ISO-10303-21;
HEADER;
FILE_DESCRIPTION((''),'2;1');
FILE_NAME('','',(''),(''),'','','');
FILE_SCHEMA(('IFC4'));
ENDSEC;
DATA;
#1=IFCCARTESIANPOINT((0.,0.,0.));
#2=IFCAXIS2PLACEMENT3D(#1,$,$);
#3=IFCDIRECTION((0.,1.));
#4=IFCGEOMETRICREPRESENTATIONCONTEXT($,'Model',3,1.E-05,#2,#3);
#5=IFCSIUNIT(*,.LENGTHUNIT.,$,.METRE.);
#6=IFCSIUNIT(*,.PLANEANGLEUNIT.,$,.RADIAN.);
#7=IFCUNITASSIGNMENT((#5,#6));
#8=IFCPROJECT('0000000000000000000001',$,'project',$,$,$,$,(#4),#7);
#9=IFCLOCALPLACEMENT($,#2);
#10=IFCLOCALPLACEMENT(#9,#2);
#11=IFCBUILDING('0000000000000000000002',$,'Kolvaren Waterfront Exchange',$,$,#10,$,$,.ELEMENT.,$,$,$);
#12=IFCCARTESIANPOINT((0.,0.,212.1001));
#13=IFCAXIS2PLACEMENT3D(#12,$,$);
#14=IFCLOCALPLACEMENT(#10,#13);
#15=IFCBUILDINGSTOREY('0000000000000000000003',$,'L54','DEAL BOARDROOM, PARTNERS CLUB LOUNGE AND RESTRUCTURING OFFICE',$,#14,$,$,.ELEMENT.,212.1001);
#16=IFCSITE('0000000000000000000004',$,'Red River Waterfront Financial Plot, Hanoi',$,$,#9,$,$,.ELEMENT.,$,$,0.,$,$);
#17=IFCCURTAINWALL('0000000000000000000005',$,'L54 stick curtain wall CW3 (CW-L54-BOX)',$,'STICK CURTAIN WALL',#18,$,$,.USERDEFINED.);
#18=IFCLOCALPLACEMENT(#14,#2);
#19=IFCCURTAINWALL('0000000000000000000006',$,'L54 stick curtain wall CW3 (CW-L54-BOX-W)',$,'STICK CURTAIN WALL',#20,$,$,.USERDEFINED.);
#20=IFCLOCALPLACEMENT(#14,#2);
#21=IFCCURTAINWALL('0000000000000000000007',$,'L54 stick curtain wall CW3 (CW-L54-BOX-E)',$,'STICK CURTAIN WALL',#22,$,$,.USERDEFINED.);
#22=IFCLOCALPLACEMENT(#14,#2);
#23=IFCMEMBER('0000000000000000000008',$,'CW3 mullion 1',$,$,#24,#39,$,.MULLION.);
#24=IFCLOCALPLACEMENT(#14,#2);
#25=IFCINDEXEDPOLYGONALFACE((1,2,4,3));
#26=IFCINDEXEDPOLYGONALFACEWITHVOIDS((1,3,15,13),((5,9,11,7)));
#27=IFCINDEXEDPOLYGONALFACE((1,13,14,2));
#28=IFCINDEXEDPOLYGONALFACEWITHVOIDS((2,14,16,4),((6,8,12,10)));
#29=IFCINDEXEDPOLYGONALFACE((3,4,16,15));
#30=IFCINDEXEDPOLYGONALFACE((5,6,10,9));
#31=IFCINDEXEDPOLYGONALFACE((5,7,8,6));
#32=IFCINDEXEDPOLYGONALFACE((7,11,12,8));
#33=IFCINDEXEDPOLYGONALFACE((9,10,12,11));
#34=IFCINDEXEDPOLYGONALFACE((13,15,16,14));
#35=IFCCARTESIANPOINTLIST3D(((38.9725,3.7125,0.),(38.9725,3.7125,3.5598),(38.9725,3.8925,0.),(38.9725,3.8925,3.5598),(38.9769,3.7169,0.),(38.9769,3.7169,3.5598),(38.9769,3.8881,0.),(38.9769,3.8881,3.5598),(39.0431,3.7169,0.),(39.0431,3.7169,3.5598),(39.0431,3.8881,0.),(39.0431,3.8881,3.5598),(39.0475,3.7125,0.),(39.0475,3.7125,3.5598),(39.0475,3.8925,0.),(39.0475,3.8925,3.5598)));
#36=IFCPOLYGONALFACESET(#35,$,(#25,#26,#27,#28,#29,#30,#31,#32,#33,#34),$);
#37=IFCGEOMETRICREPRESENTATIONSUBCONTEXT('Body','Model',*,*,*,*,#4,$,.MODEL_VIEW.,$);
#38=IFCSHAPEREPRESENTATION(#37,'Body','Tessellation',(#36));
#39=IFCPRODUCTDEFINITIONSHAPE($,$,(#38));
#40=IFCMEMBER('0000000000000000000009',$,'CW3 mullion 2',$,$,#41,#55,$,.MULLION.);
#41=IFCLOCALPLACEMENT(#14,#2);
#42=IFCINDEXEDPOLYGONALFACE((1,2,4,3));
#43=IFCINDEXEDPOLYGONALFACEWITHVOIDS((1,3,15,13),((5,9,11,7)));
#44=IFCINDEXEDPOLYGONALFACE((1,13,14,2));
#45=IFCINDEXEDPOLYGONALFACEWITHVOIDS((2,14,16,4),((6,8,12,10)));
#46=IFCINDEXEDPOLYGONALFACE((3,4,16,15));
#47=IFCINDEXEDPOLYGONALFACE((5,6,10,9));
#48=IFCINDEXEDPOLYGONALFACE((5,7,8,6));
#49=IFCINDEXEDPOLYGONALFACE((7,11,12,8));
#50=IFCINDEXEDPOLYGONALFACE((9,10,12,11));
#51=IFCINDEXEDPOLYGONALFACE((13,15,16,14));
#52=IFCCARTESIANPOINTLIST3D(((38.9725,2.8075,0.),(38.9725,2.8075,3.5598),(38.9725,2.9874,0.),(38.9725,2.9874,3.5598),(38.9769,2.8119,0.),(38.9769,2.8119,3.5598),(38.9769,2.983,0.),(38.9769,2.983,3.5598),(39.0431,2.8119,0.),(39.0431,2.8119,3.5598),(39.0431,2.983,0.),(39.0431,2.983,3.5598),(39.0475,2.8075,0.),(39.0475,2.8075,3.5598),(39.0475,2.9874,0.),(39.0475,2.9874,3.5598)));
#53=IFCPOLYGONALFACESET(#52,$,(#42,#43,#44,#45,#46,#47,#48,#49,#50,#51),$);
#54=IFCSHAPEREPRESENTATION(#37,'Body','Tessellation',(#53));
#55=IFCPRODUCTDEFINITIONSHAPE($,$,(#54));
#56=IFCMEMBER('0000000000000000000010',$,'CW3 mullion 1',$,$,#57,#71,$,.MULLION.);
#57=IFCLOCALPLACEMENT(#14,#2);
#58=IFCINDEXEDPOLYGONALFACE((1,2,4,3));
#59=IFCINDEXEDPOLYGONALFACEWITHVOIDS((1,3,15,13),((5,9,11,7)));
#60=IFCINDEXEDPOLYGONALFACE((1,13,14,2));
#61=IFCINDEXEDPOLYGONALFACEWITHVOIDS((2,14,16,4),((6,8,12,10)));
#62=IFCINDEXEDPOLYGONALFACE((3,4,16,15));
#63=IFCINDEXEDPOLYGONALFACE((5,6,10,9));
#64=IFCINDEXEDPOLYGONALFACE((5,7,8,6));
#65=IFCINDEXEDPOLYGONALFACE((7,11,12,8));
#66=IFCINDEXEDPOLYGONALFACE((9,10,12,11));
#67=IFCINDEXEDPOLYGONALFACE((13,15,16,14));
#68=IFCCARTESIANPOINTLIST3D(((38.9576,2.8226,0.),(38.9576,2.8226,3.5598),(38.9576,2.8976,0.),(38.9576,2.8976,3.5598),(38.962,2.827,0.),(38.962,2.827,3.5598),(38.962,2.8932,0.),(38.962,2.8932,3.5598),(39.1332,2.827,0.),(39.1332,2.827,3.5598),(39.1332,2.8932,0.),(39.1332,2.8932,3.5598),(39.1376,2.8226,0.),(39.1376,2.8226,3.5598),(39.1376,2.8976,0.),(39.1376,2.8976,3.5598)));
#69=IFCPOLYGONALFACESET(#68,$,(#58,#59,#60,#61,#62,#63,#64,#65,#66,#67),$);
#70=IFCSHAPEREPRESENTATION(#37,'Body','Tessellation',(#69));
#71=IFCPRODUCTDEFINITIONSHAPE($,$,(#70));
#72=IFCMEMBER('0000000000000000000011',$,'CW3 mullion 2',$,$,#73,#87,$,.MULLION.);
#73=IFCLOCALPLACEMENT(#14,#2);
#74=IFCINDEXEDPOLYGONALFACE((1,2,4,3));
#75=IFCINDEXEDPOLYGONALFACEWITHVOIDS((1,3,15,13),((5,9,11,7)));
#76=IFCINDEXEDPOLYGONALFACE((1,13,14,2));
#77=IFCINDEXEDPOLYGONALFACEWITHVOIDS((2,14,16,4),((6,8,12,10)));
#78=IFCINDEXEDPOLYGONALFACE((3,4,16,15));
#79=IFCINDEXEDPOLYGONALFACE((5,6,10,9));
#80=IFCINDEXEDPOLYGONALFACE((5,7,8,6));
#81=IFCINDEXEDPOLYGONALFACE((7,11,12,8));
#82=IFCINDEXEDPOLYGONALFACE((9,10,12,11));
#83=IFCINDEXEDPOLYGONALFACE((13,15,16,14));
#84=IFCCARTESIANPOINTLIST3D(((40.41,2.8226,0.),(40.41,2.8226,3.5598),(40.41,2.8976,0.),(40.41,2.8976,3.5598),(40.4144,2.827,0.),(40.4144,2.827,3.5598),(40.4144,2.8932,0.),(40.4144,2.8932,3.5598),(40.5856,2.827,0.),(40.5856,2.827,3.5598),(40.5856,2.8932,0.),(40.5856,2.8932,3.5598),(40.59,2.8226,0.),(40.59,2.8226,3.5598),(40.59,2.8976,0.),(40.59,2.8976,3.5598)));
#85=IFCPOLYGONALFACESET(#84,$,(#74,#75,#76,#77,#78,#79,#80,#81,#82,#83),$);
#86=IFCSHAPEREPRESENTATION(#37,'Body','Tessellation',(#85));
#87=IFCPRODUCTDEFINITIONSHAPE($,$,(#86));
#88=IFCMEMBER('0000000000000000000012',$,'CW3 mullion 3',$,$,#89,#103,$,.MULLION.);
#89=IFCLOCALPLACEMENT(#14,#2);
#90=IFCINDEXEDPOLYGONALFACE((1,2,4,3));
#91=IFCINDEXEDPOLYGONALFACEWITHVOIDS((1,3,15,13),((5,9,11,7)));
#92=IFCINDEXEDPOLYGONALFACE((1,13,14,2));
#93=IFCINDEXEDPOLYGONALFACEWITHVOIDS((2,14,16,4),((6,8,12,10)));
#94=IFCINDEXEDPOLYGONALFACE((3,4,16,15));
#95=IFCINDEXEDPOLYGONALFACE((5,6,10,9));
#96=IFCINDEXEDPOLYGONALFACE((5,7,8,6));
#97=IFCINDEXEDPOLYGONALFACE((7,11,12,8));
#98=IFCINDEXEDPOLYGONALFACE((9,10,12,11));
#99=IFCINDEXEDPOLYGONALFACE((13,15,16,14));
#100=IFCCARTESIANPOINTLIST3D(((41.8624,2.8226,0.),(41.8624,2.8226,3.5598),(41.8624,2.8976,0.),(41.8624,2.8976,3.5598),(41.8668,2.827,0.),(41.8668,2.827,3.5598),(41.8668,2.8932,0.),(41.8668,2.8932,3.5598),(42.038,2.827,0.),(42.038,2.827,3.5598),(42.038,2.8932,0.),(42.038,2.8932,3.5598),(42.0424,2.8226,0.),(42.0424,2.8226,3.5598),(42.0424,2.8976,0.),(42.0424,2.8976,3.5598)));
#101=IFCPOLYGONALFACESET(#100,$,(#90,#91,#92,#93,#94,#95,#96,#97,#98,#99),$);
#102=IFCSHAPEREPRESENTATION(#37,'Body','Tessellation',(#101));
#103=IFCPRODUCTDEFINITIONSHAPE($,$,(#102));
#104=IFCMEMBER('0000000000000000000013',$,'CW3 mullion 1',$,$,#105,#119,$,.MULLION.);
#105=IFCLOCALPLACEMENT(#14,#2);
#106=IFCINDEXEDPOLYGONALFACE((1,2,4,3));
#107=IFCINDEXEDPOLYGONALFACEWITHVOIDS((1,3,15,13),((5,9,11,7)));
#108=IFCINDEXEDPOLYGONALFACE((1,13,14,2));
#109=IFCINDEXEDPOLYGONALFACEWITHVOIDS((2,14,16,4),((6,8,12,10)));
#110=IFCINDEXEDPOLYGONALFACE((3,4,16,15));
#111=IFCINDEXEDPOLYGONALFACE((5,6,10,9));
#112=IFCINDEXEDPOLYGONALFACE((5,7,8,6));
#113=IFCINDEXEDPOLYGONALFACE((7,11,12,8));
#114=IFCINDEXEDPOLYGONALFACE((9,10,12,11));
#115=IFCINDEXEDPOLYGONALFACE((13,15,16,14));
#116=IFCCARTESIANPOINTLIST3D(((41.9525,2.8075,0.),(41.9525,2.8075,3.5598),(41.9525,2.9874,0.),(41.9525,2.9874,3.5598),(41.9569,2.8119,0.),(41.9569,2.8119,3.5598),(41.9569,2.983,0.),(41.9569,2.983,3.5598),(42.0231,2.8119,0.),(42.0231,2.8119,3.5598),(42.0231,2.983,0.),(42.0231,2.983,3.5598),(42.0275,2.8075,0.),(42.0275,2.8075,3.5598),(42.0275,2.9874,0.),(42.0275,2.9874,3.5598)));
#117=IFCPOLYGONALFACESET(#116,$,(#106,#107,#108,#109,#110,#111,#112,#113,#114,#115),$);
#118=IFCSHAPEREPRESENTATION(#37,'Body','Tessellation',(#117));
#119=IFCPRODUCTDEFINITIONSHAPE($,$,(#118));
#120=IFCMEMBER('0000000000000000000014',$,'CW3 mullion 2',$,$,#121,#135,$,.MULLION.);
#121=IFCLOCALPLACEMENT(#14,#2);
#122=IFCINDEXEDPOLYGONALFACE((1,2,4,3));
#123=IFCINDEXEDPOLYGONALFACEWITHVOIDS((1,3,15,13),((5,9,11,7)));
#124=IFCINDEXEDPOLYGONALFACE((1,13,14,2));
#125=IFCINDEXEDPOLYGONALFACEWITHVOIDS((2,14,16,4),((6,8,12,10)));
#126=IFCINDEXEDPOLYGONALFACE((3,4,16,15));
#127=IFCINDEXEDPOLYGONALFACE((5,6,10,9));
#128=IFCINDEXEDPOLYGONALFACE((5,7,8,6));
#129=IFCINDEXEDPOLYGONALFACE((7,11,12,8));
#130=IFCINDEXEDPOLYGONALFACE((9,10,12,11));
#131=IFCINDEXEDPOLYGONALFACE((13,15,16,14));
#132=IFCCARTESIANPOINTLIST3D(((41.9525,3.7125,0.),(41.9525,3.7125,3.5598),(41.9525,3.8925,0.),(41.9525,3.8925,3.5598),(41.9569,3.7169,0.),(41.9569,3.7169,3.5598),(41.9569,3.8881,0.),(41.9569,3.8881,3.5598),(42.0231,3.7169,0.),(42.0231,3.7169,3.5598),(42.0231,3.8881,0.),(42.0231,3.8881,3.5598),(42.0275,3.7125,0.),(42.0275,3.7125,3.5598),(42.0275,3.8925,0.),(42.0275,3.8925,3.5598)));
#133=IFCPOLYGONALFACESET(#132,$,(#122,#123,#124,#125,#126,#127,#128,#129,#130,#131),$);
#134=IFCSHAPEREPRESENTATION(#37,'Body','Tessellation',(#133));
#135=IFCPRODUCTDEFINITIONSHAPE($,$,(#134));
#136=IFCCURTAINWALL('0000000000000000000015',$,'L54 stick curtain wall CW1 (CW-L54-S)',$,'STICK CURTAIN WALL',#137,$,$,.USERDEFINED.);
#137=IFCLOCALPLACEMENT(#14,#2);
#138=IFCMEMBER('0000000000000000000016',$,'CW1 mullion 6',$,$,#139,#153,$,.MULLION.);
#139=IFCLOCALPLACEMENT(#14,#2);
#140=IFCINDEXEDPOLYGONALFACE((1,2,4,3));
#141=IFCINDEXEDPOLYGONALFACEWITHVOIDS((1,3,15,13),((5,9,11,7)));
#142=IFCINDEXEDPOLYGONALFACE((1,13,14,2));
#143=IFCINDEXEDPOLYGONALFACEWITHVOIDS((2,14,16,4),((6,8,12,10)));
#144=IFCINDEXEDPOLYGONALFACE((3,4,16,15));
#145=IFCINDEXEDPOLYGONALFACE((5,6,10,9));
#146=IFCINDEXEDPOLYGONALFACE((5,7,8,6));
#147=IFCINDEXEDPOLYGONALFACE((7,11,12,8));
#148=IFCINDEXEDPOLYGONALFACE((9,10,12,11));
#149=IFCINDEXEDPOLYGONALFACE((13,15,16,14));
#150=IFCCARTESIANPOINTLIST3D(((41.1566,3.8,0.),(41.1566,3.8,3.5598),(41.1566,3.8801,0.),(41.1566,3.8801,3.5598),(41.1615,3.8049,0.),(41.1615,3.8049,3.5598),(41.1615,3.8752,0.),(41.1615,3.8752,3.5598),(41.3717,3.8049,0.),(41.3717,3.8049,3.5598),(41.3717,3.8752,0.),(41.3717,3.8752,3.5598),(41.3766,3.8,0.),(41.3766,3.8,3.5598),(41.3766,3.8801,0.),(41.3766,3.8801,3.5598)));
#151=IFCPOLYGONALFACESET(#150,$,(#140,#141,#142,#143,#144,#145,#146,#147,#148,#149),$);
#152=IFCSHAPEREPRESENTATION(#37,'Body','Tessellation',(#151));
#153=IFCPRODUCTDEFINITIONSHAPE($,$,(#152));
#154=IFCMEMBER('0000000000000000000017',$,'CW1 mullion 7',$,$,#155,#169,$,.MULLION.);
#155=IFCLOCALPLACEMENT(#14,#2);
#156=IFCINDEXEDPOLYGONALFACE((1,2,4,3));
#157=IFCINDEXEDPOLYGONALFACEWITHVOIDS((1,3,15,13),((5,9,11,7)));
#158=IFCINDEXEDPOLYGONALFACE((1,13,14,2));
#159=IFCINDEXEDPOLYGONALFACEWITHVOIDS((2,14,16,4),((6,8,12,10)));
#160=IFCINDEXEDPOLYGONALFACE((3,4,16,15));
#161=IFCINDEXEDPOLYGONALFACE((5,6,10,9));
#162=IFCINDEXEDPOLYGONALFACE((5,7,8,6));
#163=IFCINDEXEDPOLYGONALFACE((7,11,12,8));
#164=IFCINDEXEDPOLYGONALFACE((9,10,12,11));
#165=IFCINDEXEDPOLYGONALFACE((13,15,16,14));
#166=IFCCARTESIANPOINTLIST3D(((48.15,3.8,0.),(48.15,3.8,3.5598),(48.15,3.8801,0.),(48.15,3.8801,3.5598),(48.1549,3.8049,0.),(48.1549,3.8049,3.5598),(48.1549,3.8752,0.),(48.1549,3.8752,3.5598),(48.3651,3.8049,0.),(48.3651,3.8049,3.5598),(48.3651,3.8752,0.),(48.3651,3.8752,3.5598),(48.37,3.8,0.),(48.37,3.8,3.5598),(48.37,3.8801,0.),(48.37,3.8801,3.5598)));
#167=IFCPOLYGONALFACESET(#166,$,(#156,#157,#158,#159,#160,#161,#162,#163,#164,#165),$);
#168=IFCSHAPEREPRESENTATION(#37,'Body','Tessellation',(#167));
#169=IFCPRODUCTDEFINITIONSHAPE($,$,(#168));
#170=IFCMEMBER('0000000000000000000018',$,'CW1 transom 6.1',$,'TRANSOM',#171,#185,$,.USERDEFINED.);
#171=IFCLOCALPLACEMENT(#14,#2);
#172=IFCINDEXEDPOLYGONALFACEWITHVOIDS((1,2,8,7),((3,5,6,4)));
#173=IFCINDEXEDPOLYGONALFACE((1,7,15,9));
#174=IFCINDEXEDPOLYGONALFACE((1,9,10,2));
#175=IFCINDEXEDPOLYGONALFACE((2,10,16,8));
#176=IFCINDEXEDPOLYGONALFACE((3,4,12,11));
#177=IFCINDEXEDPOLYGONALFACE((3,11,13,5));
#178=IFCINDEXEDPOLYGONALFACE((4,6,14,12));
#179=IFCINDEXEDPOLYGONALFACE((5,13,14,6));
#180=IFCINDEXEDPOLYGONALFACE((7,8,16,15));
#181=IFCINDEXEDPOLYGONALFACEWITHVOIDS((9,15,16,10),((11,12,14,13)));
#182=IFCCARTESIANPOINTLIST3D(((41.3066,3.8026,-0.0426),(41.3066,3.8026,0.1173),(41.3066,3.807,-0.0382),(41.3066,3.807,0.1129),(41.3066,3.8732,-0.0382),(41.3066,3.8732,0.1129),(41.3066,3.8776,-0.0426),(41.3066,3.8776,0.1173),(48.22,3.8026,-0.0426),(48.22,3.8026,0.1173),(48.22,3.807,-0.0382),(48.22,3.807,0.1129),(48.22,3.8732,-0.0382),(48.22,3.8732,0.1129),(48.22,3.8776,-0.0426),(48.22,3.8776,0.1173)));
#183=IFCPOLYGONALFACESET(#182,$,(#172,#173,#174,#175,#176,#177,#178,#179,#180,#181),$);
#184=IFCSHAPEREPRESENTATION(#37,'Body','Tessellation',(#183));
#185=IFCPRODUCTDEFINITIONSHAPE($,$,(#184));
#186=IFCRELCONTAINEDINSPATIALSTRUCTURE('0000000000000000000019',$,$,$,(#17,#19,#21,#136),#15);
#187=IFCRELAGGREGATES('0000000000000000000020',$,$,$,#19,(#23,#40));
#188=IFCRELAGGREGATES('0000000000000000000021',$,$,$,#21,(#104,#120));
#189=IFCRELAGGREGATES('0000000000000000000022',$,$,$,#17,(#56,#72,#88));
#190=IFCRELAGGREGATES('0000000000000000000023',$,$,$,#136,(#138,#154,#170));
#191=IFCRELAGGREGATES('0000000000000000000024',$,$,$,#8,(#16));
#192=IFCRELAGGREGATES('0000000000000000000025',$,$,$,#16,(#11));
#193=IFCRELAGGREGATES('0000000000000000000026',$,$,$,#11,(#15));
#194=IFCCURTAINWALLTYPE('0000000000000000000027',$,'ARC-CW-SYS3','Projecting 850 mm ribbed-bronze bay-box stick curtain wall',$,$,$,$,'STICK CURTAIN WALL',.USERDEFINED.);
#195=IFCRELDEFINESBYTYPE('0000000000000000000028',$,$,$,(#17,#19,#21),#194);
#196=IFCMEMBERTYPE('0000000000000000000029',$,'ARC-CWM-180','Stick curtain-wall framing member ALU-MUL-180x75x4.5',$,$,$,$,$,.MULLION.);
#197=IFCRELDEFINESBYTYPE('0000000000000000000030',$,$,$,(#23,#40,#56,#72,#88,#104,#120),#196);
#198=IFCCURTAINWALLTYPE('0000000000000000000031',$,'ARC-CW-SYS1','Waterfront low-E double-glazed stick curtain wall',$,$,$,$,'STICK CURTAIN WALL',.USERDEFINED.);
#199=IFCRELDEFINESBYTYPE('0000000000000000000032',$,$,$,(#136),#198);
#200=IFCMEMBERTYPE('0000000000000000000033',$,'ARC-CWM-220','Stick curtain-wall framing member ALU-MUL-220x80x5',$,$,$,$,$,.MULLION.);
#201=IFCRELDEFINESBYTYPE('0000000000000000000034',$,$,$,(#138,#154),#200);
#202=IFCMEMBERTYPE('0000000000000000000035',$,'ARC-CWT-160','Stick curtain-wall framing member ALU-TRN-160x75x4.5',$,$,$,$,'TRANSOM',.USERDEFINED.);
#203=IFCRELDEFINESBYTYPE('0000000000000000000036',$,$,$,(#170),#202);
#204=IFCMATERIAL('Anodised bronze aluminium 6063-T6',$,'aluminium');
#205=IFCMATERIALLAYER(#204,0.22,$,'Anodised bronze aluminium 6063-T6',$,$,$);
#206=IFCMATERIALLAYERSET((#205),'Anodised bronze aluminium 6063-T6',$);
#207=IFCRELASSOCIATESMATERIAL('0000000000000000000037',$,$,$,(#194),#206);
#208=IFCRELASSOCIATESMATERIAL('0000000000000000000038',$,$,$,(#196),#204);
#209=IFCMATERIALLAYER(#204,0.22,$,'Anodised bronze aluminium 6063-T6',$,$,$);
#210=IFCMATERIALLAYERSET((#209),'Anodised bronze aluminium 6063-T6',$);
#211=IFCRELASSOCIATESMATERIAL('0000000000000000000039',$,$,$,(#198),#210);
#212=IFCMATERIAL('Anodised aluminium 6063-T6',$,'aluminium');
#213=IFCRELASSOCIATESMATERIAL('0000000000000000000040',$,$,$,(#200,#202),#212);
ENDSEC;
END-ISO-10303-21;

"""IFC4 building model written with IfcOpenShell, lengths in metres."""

from ifc_helpers import new_model, si_unit, direction, frame, origin, origin_with_axes, origin_2d, place, context, subcontext, project, spatial, hollow_rectangle, extrude, source, transform, mapped, material, layer, layer_set, material_profile, profile_set, type_object, element, aggregate, save


model = new_model("IFC4")

# Units and contexts
model_context = context("Model", 3, precision=1e-05, world=origin(), true_north=direction((0.0, 1.0)))
body_context = subcontext(model_context, "Body", "Model", "MODEL_VIEW")
ifc_project = project(units=[si_unit("LENGTHUNIT", "METRE"), si_unit("PLANEANGLEUNIT", "RADIAN")], contexts=[model_context])

# Site, building, storey
site_placement = place(None, origin())
site = spatial("IfcSite", under=ifc_project, at=site_placement, Name="Red River Waterfront Financial Plot, Hanoi", CompositionType="ELEMENT", RefElevation=0.0)
building_placement = place(site_placement, origin())
building = spatial("IfcBuilding", under=site, at=building_placement, Name="Kolvaren Waterfront Exchange", CompositionType="ELEMENT")
storey_placement = place(building_placement, frame((0.0, 0.0, 212.1001)))
storey = spatial("IfcBuildingStorey", under=building, at=storey_placement, Name="L54", Description="DEAL BOARDROOM, PARTNERS CLUB LOUNGE AND RESTRUCTURING OFFICE", CompositionType="ELEMENT", Elevation=212.1001)

# Curtain walls
ifc_material_1 = material(Name="Anodised bronze aluminium 6063-T6", Category="aluminium")
ifc_layer_1 = layer(ifc_material_1, 0.22, Name="Anodised bronze aluminium 6063-T6")
ifc_layer_set_1 = layer_set([ifc_layer_1], Name="Anodised bronze aluminium 6063-T6")
curtain_wall_type_1 = type_object("IfcCurtainWallType", Name="ARC-CW-SYS3", Description="Projecting 850 mm ribbed-bronze bay-box stick curtain wall", ElementType="STICK CURTAIN WALL", PredefinedType="USERDEFINED", material=ifc_layer_set_1)
curtain_wall_1_placement = place(storey_placement, origin())
curtain_wall_1 = element("IfcCurtainWall", 1, at=curtain_wall_1_placement, inside=storey, type_object=curtain_wall_type_1, Name="L54 stick curtain wall CW3 (CW-L54-BOX)", ObjectType="STICK CURTAIN WALL", PredefinedType="USERDEFINED")
curtain_wall_2_placement = place(storey_placement, origin())
curtain_wall_2 = element("IfcCurtainWall", 2, at=curtain_wall_2_placement, inside=storey, type_object=curtain_wall_type_1, Name="L54 stick curtain wall CW3 (CW-L54-BOX-W)", ObjectType="STICK CURTAIN WALL", PredefinedType="USERDEFINED")
curtain_wall_3_placement = place(storey_placement, origin())
curtain_wall_3 = element("IfcCurtainWall", 3, at=curtain_wall_3_placement, inside=storey, type_object=curtain_wall_type_1, Name="L54 stick curtain wall CW3 (CW-L54-BOX-E)", ObjectType="STICK CURTAIN WALL", PredefinedType="USERDEFINED")

# Members
ifc_material_profile_1 = material_profile(ifc_material_1, hollow_rectangle(XDim=0.075, YDim=0.1799, WallThickness=0.0044, at=origin_2d()), Name="ALU-MUL-180x75x4.5")
ifc_profile_set_1 = profile_set([ifc_material_profile_1], Name="Anodised bronze aluminium 6063-T6")
member_type_1 = type_object("IfcMemberType", Name="ARC-CWM-180", Description="Stick curtain-wall framing member ALU-MUL-180x75x4.5", PredefinedType="MULLION", material=ifc_profile_set_1)
shared_shape_1 = source(origin_with_axes(), body_context, "Body", "SweptSolid", [
    extrude(hollow_rectangle(XDim=0.075, YDim=0.1799, WallThickness=0.0044, at=origin_2d()), origin(), (0.0, 0.0, 1.0), 3.5598),
])
member_1_placement = place(storey_placement, frame((39.01, 3.8025, 0.0), z_axis=(0.0, 0.0, 1.0), x_axis=(1.0, 0.0, 0.0)))
member_1 = element("IfcMember", 4, at=member_1_placement, type_object=member_type_1, Name="CW3 mullion 1", PredefinedType="MULLION", context=body_context, shape_type="MappedRepresentation", body=[
    mapped(shared_shape_1, transform((0.0, 0.0, 0.0), x_axis=(1.0, 0.0, 0.0), y_axis=(0.0, 1.0, 0.0), z_axis=(0.0, 0.0, 1.0), scale=1.0)),
])
member_2_placement = place(storey_placement, frame((39.01, 2.8975, 0.0), z_axis=(0.0, 0.0, 1.0), x_axis=(1.0, 0.0, 0.0)))
member_2 = element("IfcMember", 5, at=member_2_placement, type_object=member_type_1, Name="CW3 mullion 2", PredefinedType="MULLION", context=body_context, shape_type="MappedRepresentation", body=[
    mapped(shared_shape_1, transform((0.0, 0.0, 0.0), x_axis=(1.0, 0.0, 0.0), y_axis=(0.0, 1.0, 0.0), z_axis=(0.0, 0.0, 1.0), scale=1.0)),
])
member_3_placement = place(storey_placement, frame((39.0476, 2.8601, 0.0), z_axis=(0.0, 0.0, 1.0), x_axis=(0.0, 1.0, 0.0)))
member_3 = element("IfcMember", 6, at=member_3_placement, type_object=member_type_1, Name="CW3 mullion 1", PredefinedType="MULLION", context=body_context, shape_type="MappedRepresentation", body=[
    mapped(shared_shape_1, transform((0.0, 0.0, 0.0), x_axis=(1.0, 0.0, 0.0), y_axis=(0.0, 1.0, 0.0), z_axis=(0.0, 0.0, 1.0), scale=1.0)),
])
member_4_placement = place(storey_placement, frame((40.5, 2.8601, 0.0), z_axis=(0.0, 0.0, 1.0), x_axis=(0.0, 1.0, 0.0)))
member_4 = element("IfcMember", 7, at=member_4_placement, type_object=member_type_1, Name="CW3 mullion 2", PredefinedType="MULLION", context=body_context, shape_type="MappedRepresentation", body=[
    mapped(shared_shape_1, transform((0.0, 0.0, 0.0), x_axis=(1.0, 0.0, 0.0), y_axis=(0.0, 1.0, 0.0), z_axis=(0.0, 0.0, 1.0), scale=1.0)),
])
member_5_placement = place(storey_placement, frame((41.9524, 2.8601, 0.0), z_axis=(0.0, 0.0, 1.0), x_axis=(0.0, 1.0, 0.0)))
member_5 = element("IfcMember", 8, at=member_5_placement, type_object=member_type_1, Name="CW3 mullion 3", PredefinedType="MULLION", context=body_context, shape_type="MappedRepresentation", body=[
    mapped(shared_shape_1, transform((0.0, 0.0, 0.0), x_axis=(1.0, 0.0, 0.0), y_axis=(0.0, 1.0, 0.0), z_axis=(0.0, 0.0, 1.0), scale=1.0)),
])
member_6_placement = place(storey_placement, frame((41.99, 2.8975, 0.0), z_axis=(0.0, 0.0, 1.0), x_axis=(-1.0, 0.0, 0.0)))
member_6 = element("IfcMember", 9, at=member_6_placement, type_object=member_type_1, Name="CW3 mullion 1", PredefinedType="MULLION", context=body_context, shape_type="MappedRepresentation", body=[
    mapped(shared_shape_1, transform((0.0, 0.0, 0.0), x_axis=(1.0, 0.0, 0.0), y_axis=(0.0, 1.0, 0.0), z_axis=(0.0, 0.0, 1.0), scale=1.0)),
])
member_7_placement = place(storey_placement, frame((41.99, 3.8025, 0.0), z_axis=(0.0, 0.0, 1.0), x_axis=(-1.0, 0.0, 0.0)))
member_7 = element("IfcMember", 10, at=member_7_placement, type_object=member_type_1, Name="CW3 mullion 2", PredefinedType="MULLION", context=body_context, shape_type="MappedRepresentation", body=[
    mapped(shared_shape_1, transform((0.0, 0.0, 0.0), x_axis=(1.0, 0.0, 0.0), y_axis=(0.0, 1.0, 0.0), z_axis=(0.0, 0.0, 1.0), scale=1.0)),
])

# Curtain wall, members
ifc_layer_2 = layer(ifc_material_1, 0.22, Name="Anodised bronze aluminium 6063-T6")
ifc_layer_set_2 = layer_set([ifc_layer_2], Name="Anodised bronze aluminium 6063-T6")
curtain_wall_type_2 = type_object("IfcCurtainWallType", Name="ARC-CW-SYS1", Description="Waterfront low-E double-glazed stick curtain wall", ElementType="STICK CURTAIN WALL", PredefinedType="USERDEFINED", material=ifc_layer_set_2)
curtain_wall_4_placement = place(storey_placement, origin())
curtain_wall_4 = element("IfcCurtainWall", 11, at=curtain_wall_4_placement, inside=storey, type_object=curtain_wall_type_2, Name="L54 stick curtain wall CW1 (CW-L54-S)", ObjectType="STICK CURTAIN WALL", PredefinedType="USERDEFINED")
ifc_material_2 = material(Name="Anodised aluminium 6063-T6", Category="aluminium")
ifc_material_profile_2 = material_profile(ifc_material_2, hollow_rectangle(XDim=0.0801, YDim=0.22, WallThickness=0.0049, at=origin_2d()), Name="ALU-MUL-220x80x5")
ifc_profile_set_2 = profile_set([ifc_material_profile_2], Name="Anodised aluminium 6063-T6")
member_type_2 = type_object("IfcMemberType", Name="ARC-CWM-220", Description="Stick curtain-wall framing member ALU-MUL-220x80x5", PredefinedType="MULLION", material=ifc_profile_set_2)
shared_shape_2 = source(origin_with_axes(), body_context, "Body", "SweptSolid", [
    extrude(hollow_rectangle(XDim=0.0801, YDim=0.22, WallThickness=0.0049, at=origin_2d()), origin(), (0.0, 0.0, 1.0), 3.5598),
])
member_8_placement = place(storey_placement, frame((41.2666, 3.8401, 0.0), z_axis=(0.0, 0.0, 1.0), x_axis=(0.0, 1.0, 0.0)))
member_8 = element("IfcMember", 12, at=member_8_placement, type_object=member_type_2, Name="CW1 mullion 6", PredefinedType="MULLION", context=body_context, shape_type="MappedRepresentation", body=[
    mapped(shared_shape_2, transform((0.0, 0.0, 0.0), x_axis=(1.0, 0.0, 0.0), y_axis=(0.0, 1.0, 0.0), z_axis=(0.0, 0.0, 1.0), scale=1.0)),
])
member_9_placement = place(storey_placement, frame((48.26, 3.8401, 0.0), z_axis=(0.0, 0.0, 1.0), x_axis=(0.0, 1.0, 0.0)))
member_9 = element("IfcMember", 13, at=member_9_placement, type_object=member_type_2, Name="CW1 mullion 7", PredefinedType="MULLION", context=body_context, shape_type="MappedRepresentation", body=[
    mapped(shared_shape_2, transform((0.0, 0.0, 0.0), x_axis=(1.0, 0.0, 0.0), y_axis=(0.0, 1.0, 0.0), z_axis=(0.0, 0.0, 1.0), scale=1.0)),
])
ifc_material_profile_3 = material_profile(ifc_material_2, hollow_rectangle(XDim=0.075, YDim=0.1599, WallThickness=0.0044, at=origin_2d()), Name="ALU-TRN-160x75x4.5")
ifc_profile_set_3 = profile_set([ifc_material_profile_3], Name="Anodised aluminium 6063-T6")
member_type_3 = type_object("IfcMemberType", Name="ARC-CWT-160", Description="Stick curtain-wall framing member ALU-TRN-160x75x4.5", ElementType="TRANSOM", PredefinedType="USERDEFINED", material=ifc_profile_set_3)
shared_shape_3 = source(origin_with_axes(), body_context, "Body", "SweptSolid", [
    extrude(hollow_rectangle(XDim=0.075, YDim=0.1599, WallThickness=0.0044, at=origin_2d()), origin(), (0.0, 0.0, 1.0), 6.9133),
])
member_10_placement = place(storey_placement, frame((41.3066, 3.8401, 0.0374), z_axis=(1.0, 0.0, 0.0), x_axis=(0.0, 1.0, 0.0)))
member_10 = element("IfcMember", 14, at=member_10_placement, type_object=member_type_3, Name="CW1 transom 6.1", ObjectType="TRANSOM", PredefinedType="USERDEFINED", context=body_context, shape_type="MappedRepresentation", body=[
    mapped(shared_shape_3, transform((0.0, 0.0, 0.0), x_axis=(1.0, 0.0, 0.0), y_axis=(0.0, 1.0, 0.0), z_axis=(0.0, 0.0, 1.0), scale=1.0)),
])

aggregate(curtain_wall_2, [member_1, member_2])
aggregate(curtain_wall_3, [member_6, member_7])
aggregate(curtain_wall_1, [member_3, member_4, member_5])
aggregate(curtain_wall_4, [member_8, member_9, member_10])

save(model, "model.ifc")
